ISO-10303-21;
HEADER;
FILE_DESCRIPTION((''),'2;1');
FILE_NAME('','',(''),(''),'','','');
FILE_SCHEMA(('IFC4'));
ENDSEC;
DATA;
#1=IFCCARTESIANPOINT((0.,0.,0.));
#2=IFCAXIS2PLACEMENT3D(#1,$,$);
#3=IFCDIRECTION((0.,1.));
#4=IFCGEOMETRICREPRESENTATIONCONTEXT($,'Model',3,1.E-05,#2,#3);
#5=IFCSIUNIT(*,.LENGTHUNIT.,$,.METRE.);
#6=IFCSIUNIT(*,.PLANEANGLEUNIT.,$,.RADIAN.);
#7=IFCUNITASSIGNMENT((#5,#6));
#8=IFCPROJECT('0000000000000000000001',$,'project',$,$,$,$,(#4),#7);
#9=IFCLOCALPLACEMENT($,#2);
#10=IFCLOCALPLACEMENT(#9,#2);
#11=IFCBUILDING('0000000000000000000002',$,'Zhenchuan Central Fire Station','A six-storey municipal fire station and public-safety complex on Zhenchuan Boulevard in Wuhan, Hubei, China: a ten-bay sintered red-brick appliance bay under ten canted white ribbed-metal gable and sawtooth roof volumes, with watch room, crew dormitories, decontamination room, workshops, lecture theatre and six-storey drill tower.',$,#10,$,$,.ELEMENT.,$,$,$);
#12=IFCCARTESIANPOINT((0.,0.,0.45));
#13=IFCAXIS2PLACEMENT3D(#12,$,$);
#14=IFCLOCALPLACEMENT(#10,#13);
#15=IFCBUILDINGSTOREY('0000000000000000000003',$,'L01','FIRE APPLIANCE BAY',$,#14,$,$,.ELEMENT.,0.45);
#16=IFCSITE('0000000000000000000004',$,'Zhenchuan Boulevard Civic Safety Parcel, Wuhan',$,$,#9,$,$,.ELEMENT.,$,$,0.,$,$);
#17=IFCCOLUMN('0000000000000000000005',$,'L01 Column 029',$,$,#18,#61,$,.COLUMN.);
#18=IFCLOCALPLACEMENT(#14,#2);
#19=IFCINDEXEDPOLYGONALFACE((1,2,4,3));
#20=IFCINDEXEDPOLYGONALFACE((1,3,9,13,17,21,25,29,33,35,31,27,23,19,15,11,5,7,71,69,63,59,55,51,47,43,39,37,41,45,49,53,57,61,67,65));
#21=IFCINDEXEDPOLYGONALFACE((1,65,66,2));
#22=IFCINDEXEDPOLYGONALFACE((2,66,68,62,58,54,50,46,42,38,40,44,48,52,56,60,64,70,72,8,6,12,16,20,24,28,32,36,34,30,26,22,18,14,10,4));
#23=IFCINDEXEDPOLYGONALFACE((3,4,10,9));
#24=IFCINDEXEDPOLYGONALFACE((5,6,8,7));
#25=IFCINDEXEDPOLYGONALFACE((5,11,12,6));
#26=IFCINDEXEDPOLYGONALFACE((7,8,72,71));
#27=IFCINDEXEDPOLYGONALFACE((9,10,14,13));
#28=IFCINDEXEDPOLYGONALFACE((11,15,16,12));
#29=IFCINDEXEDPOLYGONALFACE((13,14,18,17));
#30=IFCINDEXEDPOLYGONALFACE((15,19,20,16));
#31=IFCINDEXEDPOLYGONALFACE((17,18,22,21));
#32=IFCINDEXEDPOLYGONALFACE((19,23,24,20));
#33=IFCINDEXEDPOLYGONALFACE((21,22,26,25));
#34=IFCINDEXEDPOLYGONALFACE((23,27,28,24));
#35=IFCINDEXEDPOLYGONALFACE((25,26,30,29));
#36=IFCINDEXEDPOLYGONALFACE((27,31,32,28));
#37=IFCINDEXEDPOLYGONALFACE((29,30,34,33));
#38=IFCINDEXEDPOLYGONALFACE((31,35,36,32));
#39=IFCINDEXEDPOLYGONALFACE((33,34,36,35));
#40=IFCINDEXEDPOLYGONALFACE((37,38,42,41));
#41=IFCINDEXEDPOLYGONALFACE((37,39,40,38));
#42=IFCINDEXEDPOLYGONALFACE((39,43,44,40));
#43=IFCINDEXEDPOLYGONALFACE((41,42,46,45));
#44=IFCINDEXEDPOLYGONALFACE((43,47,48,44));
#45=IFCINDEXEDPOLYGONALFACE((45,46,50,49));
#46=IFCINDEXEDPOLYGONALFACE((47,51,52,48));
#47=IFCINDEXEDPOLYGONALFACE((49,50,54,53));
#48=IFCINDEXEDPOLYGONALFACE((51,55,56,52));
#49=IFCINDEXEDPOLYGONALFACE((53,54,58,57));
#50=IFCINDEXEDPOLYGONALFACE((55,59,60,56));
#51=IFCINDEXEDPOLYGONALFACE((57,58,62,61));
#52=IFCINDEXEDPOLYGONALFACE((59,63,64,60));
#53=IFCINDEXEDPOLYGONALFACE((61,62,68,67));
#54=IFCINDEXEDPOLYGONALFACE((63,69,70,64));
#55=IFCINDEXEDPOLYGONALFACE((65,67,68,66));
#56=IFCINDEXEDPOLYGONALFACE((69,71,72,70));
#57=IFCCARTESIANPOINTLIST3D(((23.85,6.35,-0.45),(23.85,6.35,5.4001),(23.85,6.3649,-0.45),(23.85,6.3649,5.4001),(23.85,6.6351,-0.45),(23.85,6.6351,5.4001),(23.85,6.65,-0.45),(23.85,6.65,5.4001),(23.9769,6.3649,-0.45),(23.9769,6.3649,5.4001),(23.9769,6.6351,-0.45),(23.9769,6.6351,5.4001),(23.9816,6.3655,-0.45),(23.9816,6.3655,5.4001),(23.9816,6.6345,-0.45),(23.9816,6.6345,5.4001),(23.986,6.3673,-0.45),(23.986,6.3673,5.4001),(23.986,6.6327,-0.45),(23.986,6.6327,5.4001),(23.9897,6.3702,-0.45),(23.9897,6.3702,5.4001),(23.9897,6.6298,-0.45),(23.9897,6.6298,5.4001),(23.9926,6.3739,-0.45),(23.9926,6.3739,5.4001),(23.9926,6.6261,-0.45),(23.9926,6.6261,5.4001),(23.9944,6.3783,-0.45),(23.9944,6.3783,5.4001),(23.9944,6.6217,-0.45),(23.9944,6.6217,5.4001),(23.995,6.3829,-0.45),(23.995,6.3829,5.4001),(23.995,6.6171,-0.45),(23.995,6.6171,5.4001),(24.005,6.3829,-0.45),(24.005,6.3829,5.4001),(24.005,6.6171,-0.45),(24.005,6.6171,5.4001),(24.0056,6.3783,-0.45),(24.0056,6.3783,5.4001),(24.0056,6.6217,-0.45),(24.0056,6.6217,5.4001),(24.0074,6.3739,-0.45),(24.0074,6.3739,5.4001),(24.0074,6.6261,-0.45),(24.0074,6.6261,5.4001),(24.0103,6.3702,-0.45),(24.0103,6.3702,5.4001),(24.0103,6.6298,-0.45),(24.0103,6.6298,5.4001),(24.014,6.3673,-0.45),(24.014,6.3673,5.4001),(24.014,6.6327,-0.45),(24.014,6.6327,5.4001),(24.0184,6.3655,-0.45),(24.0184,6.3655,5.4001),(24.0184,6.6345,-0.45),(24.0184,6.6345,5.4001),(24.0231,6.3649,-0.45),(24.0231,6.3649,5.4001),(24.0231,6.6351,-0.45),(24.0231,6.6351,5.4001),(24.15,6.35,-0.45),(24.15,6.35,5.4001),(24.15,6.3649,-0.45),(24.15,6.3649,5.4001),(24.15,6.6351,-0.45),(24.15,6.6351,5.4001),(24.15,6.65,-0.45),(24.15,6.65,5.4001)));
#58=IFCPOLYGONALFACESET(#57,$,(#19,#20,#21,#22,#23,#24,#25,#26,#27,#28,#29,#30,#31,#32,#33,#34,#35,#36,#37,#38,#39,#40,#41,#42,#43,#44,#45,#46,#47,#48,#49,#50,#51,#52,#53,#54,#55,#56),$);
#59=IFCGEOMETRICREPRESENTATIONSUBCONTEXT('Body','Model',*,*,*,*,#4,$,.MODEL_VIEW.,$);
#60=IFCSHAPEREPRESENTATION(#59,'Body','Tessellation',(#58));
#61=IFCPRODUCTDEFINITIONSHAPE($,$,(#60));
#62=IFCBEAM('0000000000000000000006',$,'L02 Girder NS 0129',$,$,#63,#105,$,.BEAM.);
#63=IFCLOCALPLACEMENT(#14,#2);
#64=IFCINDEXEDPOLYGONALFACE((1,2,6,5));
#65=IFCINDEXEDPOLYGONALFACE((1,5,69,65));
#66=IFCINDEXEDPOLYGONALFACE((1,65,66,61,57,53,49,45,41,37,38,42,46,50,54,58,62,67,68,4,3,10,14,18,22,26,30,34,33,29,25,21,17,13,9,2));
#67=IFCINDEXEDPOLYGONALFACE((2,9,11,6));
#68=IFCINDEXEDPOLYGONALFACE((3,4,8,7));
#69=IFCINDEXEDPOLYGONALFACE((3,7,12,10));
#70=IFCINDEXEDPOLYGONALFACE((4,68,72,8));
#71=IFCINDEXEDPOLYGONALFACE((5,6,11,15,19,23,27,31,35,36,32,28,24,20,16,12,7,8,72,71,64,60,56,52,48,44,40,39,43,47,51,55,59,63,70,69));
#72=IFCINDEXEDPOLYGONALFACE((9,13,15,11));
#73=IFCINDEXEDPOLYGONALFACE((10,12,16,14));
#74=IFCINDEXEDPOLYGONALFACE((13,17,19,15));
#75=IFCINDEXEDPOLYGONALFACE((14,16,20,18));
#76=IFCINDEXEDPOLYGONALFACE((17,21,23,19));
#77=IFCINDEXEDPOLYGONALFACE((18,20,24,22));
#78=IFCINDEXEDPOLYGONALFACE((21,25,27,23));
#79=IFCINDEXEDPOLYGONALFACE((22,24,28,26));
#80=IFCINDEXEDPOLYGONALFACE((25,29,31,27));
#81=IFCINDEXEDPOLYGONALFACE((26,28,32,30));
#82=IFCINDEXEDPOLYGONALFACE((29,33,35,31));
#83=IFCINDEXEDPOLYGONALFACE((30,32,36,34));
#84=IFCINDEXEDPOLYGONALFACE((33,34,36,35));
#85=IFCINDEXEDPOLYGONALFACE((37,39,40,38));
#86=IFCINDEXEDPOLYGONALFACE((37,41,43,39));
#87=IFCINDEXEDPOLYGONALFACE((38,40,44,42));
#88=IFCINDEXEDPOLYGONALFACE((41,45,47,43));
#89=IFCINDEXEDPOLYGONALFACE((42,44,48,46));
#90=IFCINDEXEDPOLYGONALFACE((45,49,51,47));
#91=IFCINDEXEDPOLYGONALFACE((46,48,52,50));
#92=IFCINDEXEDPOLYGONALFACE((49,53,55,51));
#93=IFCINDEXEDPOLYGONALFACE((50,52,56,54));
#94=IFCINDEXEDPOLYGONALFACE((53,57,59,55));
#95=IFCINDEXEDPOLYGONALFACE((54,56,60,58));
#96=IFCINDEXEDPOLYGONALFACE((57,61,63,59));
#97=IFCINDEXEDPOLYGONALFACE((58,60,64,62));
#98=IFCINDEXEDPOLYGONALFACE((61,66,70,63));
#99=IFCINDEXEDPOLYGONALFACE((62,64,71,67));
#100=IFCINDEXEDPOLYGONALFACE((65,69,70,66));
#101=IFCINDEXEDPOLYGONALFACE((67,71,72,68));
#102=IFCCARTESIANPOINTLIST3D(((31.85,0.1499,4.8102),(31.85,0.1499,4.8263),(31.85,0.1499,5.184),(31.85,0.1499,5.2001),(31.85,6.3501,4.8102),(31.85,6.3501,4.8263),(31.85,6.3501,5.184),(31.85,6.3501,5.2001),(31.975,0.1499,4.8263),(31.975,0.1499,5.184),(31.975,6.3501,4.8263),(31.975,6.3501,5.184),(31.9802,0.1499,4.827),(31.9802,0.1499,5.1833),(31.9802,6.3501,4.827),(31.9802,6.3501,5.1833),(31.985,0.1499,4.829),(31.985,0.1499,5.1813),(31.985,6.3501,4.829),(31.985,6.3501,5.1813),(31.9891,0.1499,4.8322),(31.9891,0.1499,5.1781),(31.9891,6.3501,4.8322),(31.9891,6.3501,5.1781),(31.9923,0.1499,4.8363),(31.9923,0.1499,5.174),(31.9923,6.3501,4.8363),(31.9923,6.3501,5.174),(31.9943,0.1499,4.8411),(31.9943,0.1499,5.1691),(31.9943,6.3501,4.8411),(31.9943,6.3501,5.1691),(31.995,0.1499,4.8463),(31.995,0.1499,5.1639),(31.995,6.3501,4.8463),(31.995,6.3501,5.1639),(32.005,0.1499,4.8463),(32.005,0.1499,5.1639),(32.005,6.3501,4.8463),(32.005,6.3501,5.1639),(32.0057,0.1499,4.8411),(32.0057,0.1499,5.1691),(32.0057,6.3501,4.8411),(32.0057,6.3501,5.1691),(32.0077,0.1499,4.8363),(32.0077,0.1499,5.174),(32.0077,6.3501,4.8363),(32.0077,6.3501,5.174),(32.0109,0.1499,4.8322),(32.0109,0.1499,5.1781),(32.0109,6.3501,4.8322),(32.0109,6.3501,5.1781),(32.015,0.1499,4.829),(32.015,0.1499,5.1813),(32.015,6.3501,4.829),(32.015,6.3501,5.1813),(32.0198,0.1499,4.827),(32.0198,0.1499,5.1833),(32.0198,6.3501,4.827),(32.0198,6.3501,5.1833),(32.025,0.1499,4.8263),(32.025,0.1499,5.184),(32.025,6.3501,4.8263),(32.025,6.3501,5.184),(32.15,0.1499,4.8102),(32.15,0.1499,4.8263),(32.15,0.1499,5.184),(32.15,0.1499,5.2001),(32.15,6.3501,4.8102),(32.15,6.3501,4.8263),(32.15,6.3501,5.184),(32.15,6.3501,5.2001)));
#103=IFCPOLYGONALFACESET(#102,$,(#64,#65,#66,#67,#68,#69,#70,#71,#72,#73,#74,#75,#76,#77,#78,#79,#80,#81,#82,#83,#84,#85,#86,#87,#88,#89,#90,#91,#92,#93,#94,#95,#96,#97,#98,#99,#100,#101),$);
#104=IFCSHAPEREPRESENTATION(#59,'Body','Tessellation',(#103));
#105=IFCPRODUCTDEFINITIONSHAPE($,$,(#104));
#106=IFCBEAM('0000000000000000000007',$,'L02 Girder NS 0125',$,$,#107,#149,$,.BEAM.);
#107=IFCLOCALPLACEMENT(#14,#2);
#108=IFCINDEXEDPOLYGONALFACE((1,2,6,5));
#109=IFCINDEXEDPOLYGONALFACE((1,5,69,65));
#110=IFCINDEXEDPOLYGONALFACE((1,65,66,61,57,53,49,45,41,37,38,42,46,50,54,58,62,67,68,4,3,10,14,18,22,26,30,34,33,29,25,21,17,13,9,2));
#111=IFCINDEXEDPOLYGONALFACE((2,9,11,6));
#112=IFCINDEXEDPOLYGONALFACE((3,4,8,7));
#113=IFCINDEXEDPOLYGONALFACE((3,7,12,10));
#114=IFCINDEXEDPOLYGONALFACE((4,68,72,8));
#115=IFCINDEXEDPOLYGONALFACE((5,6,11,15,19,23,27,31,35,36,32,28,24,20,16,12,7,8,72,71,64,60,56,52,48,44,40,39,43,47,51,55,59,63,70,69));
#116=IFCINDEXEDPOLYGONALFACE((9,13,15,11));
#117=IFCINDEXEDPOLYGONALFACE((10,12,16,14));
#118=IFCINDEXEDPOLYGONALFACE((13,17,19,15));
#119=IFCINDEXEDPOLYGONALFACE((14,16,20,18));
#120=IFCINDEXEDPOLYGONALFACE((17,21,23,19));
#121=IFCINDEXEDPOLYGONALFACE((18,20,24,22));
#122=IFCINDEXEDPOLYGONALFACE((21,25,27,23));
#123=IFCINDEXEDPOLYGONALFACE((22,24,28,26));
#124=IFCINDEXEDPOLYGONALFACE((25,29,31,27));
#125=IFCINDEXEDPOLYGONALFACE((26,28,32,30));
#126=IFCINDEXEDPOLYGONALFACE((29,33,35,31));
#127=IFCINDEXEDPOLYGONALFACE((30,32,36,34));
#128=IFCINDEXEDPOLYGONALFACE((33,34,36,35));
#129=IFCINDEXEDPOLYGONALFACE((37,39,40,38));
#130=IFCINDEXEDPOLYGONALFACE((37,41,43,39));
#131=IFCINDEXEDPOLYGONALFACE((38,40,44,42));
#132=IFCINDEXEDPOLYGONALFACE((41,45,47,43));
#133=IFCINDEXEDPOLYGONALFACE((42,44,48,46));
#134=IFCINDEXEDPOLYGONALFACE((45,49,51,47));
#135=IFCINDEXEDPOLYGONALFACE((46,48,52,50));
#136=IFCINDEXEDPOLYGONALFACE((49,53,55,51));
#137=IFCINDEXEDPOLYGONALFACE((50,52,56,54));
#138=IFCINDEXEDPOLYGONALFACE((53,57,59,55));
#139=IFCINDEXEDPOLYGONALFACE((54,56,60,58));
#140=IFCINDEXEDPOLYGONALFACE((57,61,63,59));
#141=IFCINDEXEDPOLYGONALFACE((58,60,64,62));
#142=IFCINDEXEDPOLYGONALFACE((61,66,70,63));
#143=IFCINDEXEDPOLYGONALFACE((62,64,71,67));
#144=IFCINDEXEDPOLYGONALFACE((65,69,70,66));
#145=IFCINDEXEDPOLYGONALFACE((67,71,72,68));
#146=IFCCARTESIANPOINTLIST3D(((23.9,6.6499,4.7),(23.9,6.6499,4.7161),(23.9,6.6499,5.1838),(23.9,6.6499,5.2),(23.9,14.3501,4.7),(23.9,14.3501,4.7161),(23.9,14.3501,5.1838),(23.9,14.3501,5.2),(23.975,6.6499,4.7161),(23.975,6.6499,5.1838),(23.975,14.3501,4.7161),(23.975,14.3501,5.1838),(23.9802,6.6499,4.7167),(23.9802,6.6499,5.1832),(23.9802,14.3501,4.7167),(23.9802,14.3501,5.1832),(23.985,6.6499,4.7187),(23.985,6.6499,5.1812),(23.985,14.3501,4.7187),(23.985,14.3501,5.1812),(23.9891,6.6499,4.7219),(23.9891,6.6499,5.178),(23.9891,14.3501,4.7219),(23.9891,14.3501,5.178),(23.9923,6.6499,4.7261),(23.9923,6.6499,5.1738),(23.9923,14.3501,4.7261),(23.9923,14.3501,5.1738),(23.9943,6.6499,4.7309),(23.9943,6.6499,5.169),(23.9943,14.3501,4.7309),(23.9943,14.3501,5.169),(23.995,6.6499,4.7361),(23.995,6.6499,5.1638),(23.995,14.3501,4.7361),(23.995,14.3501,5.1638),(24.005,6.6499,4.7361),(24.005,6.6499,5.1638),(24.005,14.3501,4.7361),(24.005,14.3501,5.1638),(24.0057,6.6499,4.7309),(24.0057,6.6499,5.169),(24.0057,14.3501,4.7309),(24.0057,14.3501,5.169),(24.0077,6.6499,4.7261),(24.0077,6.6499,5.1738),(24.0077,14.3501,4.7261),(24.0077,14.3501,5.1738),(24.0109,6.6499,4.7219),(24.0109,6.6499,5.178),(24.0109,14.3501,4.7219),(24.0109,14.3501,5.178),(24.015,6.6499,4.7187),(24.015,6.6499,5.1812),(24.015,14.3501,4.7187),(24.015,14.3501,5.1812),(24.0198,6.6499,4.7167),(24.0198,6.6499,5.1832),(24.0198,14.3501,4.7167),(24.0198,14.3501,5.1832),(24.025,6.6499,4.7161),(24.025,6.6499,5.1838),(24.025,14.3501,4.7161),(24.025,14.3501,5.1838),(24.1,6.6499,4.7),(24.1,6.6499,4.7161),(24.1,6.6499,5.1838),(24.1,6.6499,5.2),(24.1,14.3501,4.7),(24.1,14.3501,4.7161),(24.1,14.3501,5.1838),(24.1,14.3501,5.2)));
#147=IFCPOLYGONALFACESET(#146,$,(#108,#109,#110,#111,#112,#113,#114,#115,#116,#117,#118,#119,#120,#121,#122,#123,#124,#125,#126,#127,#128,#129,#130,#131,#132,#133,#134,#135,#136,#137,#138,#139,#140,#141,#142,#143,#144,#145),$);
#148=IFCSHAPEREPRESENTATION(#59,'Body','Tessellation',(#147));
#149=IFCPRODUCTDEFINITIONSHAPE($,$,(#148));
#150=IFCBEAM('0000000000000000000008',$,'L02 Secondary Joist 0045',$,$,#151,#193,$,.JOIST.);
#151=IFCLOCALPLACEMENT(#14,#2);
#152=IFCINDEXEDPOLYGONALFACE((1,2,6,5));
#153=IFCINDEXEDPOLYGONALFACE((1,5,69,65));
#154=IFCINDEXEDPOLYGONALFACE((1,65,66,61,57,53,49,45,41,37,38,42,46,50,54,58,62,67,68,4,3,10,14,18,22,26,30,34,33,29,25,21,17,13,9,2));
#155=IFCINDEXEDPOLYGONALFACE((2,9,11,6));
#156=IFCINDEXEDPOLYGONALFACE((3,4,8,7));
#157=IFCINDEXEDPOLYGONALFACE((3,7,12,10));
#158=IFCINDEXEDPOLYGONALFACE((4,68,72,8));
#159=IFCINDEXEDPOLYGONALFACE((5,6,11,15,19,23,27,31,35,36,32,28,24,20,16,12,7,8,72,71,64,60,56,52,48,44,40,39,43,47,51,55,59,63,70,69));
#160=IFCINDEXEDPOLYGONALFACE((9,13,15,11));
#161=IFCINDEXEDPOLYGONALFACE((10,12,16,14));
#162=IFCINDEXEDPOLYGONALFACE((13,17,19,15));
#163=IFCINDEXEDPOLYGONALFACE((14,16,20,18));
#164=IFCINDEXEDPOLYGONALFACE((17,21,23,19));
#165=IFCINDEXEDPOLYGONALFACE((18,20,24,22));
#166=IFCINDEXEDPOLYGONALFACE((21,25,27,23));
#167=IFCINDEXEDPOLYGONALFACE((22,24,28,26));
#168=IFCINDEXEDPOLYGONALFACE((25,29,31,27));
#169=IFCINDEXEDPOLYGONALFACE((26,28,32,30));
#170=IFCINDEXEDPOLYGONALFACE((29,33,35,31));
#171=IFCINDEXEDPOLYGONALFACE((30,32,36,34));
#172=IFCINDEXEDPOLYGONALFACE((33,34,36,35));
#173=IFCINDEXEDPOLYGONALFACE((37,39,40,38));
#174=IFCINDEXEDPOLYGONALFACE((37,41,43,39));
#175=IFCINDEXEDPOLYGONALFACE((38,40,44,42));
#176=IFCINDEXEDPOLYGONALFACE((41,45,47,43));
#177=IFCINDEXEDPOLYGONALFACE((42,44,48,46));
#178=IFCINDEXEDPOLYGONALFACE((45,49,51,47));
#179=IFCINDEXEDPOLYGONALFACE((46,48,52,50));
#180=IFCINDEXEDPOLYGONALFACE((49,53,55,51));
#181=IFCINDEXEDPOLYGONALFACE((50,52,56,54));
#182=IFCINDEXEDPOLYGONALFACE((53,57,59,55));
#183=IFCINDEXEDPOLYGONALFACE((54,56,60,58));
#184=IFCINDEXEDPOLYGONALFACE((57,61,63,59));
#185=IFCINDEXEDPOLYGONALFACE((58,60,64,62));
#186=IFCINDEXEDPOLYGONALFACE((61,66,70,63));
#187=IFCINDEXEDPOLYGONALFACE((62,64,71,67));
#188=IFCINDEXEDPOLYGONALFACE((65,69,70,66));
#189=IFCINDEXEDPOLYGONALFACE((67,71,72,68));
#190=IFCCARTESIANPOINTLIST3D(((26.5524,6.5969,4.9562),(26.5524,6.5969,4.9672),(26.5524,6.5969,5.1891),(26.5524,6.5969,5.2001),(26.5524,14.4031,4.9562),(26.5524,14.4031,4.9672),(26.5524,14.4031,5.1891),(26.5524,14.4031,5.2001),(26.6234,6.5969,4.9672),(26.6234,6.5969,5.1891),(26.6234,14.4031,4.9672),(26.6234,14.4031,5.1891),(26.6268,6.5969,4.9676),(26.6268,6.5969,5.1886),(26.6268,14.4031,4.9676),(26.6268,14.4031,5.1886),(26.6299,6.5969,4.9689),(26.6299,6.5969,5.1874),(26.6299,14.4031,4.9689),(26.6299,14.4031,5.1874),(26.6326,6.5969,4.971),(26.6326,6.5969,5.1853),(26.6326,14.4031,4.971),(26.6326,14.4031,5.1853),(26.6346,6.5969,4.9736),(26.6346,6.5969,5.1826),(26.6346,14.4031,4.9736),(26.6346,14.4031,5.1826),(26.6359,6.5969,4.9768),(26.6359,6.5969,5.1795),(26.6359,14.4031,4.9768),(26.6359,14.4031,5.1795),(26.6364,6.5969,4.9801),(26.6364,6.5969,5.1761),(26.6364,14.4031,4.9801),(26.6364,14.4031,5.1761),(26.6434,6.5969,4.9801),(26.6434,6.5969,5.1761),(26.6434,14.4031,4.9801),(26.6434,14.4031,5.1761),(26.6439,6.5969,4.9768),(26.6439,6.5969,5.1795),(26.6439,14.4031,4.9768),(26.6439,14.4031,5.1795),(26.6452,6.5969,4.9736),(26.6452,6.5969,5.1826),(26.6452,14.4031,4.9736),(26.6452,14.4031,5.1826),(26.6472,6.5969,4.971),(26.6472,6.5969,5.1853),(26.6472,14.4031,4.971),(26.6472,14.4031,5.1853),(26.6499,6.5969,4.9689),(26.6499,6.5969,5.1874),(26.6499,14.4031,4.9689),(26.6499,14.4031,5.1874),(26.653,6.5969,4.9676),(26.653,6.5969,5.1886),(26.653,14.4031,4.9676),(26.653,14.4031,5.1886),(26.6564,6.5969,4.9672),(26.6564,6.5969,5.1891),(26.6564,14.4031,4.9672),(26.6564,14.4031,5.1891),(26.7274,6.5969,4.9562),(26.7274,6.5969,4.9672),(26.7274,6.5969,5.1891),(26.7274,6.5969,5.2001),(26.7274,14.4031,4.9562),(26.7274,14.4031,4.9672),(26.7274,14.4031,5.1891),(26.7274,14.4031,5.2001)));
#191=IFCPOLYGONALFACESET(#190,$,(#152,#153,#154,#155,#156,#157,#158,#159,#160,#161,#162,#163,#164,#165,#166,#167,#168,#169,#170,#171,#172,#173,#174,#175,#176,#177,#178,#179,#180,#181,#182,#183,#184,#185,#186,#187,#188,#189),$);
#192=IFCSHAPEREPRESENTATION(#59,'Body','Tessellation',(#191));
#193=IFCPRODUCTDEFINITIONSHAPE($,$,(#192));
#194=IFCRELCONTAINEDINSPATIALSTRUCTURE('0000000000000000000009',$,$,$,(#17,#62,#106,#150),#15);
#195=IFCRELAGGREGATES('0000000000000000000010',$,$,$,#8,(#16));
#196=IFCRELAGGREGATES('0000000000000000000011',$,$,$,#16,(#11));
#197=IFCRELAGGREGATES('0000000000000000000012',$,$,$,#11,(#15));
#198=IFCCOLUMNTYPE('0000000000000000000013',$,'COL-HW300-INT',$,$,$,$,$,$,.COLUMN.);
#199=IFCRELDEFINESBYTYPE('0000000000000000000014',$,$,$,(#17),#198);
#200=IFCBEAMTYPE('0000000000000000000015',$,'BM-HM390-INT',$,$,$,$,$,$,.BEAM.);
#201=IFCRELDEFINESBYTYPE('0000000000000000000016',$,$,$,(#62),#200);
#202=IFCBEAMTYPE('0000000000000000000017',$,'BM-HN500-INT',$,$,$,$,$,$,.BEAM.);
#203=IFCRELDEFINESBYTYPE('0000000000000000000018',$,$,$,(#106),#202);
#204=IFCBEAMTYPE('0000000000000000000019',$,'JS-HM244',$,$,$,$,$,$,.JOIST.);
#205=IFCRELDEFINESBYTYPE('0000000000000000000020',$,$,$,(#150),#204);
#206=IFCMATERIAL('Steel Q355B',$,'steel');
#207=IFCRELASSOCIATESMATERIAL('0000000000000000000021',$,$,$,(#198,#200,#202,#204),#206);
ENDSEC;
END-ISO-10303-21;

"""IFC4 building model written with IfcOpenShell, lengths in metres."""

from ifc_helpers import new_model, si_unit, direction, frame, origin, origin_2d, place, context, subcontext, project, spatial, i_section, extrude, material, material_profile, profile_set, type_object, element, save


model = new_model("IFC4")

# Units and contexts
model_context = context("Model", 3, precision=1e-05, world=origin(), true_north=direction((0.0, 1.0)))
body_context = subcontext(model_context, "Body", "Model", "MODEL_VIEW")
ifc_project = project(units=[si_unit("LENGTHUNIT", "METRE"), si_unit("PLANEANGLEUNIT", "RADIAN")], contexts=[model_context])

# Site, building, storey
site_placement = place(None, origin())
site = spatial("IfcSite", under=ifc_project, at=site_placement, Name="Zhenchuan Boulevard Civic Safety Parcel, Wuhan", CompositionType="ELEMENT", RefElevation=0.0)
building_placement = place(site_placement, origin())
building = spatial("IfcBuilding", under=site, at=building_placement, Name="Zhenchuan Central Fire Station", Description="A six-storey municipal fire station and public-safety complex on Zhenchuan Boulevard in Wuhan, Hubei, China: a ten-bay sintered red-brick appliance bay under ten canted white ribbed-metal gable and sawtooth roof volumes, with watch room, crew dormitories, decontamination room, workshops, lecture theatre and six-storey drill tower.", CompositionType="ELEMENT")
storey_placement = place(building_placement, frame((0.0, 0.0, 0.45)))
storey = spatial("IfcBuildingStorey", under=building, at=storey_placement, Name="L01", Description="FIRE APPLIANCE BAY", CompositionType="ELEMENT", Elevation=0.45)

# Column
ifc_material_1 = material(Name="Steel Q355B", Category="steel")
ifc_material_profile_1 = material_profile(ifc_material_1, i_section(OverallWidth=0.3, OverallDepth=0.3, WebThickness=0.01, FlangeThickness=0.0149, FilletRadius=0.0181, at=origin_2d()), Name="HW 300x300")
ifc_profile_set_1 = profile_set([ifc_material_profile_1], Name="Steel Q355B")
column_type = type_object("IfcColumnType", Name="COL-HW300-INT", PredefinedType="COLUMN", material=ifc_profile_set_1)
column_placement = place(storey_placement, frame((24.0, 6.5, -0.45), z_axis=(0.0, 0.0, 1.0), x_axis=(1.0, 0.0, 0.0)))
element("IfcColumn", 1, at=column_placement, inside=storey, type_object=column_type, Name="L01 Column 029", PredefinedType="COLUMN", context=body_context, shape_type="SweptSolid", body=[
    extrude(i_section(OverallWidth=0.3, OverallDepth=0.3, WebThickness=0.01, FlangeThickness=0.0149, FilletRadius=0.0181, at=origin_2d()), origin(), (0.0, 0.0, 1.0), 5.8501),
])

# Beams
ifc_material_profile_2 = material_profile(ifc_material_1, i_section(OverallWidth=0.3, OverallDepth=0.3899, WebThickness=0.01, FlangeThickness=0.0161, FilletRadius=0.02, at=origin_2d()), Name="HM 390x300")
ifc_profile_set_2 = profile_set([ifc_material_profile_2], Name="Steel Q355B")
beam_type_1 = type_object("IfcBeamType", Name="BM-HM390-INT", PredefinedType="BEAM", material=ifc_profile_set_2)
beam_1_placement = place(storey_placement, frame((32.0, 0.1499, 5.0051), z_axis=(0.0, 1.0, 0.0), x_axis=(-1.0, 0.0, 0.0)))
element("IfcBeam", 2, at=beam_1_placement, inside=storey, type_object=beam_type_1, Name="L02 Girder NS 0129", PredefinedType="BEAM", context=body_context, shape_type="SweptSolid", body=[
    extrude(i_section(OverallWidth=0.3, OverallDepth=0.3899, WebThickness=0.01, FlangeThickness=0.0161, FilletRadius=0.02, at=origin_2d()), origin(), (0.0, 0.0, 1.0), 6.2002),
])
ifc_material_profile_3 = material_profile(ifc_material_1, i_section(OverallWidth=0.2, OverallDepth=0.5, WebThickness=0.01, FlangeThickness=0.0161, FilletRadius=0.02, at=origin_2d()), Name="HN 500x200")
ifc_profile_set_3 = profile_set([ifc_material_profile_3], Name="Steel Q355B")
beam_type_2 = type_object("IfcBeamType", Name="BM-HN500-INT", PredefinedType="BEAM", material=ifc_profile_set_3)
beam_2_placement = place(storey_placement, frame((24.0, 6.6499, 4.95), z_axis=(0.0, 1.0, 0.0), x_axis=(-1.0, 0.0, 0.0)))
element("IfcBeam", 3, at=beam_2_placement, inside=storey, type_object=beam_type_2, Name="L02 Girder NS 0125", PredefinedType="BEAM", context=body_context, shape_type="SweptSolid", body=[
    extrude(i_section(OverallWidth=0.2, OverallDepth=0.5, WebThickness=0.01, FlangeThickness=0.0161, FilletRadius=0.02, at=origin_2d()), origin(), (0.0, 0.0, 1.0), 7.7002),
])
ifc_material_profile_4 = material_profile(ifc_material_1, i_section(OverallWidth=0.175, OverallDepth=0.2439, WebThickness=0.0071, FlangeThickness=0.011, FilletRadius=0.0129, at=origin_2d()), Name="HM 244x175")
ifc_profile_set_4 = profile_set([ifc_material_profile_4], Name="Steel Q355B")
beam_type_3 = type_object("IfcBeamType", Name="JS-HM244", PredefinedType="JOIST", material=ifc_profile_set_4)
beam_3_placement = place(storey_placement, frame((26.6399, 6.5969, 5.0781), z_axis=(0.0, 1.0, 0.0), x_axis=(-1.0, 0.0, 0.0)))
element("IfcBeam", 4, at=beam_3_placement, inside=storey, type_object=beam_type_3, Name="L02 Secondary Joist 0045", PredefinedType="JOIST", context=body_context, shape_type="SweptSolid", body=[
    extrude(i_section(OverallWidth=0.175, OverallDepth=0.2439, WebThickness=0.0071, FlangeThickness=0.011, FilletRadius=0.0129, at=origin_2d()), origin(), (0.0, 0.0, 1.0), 7.8062),
])

save(model, "model.ifc")
